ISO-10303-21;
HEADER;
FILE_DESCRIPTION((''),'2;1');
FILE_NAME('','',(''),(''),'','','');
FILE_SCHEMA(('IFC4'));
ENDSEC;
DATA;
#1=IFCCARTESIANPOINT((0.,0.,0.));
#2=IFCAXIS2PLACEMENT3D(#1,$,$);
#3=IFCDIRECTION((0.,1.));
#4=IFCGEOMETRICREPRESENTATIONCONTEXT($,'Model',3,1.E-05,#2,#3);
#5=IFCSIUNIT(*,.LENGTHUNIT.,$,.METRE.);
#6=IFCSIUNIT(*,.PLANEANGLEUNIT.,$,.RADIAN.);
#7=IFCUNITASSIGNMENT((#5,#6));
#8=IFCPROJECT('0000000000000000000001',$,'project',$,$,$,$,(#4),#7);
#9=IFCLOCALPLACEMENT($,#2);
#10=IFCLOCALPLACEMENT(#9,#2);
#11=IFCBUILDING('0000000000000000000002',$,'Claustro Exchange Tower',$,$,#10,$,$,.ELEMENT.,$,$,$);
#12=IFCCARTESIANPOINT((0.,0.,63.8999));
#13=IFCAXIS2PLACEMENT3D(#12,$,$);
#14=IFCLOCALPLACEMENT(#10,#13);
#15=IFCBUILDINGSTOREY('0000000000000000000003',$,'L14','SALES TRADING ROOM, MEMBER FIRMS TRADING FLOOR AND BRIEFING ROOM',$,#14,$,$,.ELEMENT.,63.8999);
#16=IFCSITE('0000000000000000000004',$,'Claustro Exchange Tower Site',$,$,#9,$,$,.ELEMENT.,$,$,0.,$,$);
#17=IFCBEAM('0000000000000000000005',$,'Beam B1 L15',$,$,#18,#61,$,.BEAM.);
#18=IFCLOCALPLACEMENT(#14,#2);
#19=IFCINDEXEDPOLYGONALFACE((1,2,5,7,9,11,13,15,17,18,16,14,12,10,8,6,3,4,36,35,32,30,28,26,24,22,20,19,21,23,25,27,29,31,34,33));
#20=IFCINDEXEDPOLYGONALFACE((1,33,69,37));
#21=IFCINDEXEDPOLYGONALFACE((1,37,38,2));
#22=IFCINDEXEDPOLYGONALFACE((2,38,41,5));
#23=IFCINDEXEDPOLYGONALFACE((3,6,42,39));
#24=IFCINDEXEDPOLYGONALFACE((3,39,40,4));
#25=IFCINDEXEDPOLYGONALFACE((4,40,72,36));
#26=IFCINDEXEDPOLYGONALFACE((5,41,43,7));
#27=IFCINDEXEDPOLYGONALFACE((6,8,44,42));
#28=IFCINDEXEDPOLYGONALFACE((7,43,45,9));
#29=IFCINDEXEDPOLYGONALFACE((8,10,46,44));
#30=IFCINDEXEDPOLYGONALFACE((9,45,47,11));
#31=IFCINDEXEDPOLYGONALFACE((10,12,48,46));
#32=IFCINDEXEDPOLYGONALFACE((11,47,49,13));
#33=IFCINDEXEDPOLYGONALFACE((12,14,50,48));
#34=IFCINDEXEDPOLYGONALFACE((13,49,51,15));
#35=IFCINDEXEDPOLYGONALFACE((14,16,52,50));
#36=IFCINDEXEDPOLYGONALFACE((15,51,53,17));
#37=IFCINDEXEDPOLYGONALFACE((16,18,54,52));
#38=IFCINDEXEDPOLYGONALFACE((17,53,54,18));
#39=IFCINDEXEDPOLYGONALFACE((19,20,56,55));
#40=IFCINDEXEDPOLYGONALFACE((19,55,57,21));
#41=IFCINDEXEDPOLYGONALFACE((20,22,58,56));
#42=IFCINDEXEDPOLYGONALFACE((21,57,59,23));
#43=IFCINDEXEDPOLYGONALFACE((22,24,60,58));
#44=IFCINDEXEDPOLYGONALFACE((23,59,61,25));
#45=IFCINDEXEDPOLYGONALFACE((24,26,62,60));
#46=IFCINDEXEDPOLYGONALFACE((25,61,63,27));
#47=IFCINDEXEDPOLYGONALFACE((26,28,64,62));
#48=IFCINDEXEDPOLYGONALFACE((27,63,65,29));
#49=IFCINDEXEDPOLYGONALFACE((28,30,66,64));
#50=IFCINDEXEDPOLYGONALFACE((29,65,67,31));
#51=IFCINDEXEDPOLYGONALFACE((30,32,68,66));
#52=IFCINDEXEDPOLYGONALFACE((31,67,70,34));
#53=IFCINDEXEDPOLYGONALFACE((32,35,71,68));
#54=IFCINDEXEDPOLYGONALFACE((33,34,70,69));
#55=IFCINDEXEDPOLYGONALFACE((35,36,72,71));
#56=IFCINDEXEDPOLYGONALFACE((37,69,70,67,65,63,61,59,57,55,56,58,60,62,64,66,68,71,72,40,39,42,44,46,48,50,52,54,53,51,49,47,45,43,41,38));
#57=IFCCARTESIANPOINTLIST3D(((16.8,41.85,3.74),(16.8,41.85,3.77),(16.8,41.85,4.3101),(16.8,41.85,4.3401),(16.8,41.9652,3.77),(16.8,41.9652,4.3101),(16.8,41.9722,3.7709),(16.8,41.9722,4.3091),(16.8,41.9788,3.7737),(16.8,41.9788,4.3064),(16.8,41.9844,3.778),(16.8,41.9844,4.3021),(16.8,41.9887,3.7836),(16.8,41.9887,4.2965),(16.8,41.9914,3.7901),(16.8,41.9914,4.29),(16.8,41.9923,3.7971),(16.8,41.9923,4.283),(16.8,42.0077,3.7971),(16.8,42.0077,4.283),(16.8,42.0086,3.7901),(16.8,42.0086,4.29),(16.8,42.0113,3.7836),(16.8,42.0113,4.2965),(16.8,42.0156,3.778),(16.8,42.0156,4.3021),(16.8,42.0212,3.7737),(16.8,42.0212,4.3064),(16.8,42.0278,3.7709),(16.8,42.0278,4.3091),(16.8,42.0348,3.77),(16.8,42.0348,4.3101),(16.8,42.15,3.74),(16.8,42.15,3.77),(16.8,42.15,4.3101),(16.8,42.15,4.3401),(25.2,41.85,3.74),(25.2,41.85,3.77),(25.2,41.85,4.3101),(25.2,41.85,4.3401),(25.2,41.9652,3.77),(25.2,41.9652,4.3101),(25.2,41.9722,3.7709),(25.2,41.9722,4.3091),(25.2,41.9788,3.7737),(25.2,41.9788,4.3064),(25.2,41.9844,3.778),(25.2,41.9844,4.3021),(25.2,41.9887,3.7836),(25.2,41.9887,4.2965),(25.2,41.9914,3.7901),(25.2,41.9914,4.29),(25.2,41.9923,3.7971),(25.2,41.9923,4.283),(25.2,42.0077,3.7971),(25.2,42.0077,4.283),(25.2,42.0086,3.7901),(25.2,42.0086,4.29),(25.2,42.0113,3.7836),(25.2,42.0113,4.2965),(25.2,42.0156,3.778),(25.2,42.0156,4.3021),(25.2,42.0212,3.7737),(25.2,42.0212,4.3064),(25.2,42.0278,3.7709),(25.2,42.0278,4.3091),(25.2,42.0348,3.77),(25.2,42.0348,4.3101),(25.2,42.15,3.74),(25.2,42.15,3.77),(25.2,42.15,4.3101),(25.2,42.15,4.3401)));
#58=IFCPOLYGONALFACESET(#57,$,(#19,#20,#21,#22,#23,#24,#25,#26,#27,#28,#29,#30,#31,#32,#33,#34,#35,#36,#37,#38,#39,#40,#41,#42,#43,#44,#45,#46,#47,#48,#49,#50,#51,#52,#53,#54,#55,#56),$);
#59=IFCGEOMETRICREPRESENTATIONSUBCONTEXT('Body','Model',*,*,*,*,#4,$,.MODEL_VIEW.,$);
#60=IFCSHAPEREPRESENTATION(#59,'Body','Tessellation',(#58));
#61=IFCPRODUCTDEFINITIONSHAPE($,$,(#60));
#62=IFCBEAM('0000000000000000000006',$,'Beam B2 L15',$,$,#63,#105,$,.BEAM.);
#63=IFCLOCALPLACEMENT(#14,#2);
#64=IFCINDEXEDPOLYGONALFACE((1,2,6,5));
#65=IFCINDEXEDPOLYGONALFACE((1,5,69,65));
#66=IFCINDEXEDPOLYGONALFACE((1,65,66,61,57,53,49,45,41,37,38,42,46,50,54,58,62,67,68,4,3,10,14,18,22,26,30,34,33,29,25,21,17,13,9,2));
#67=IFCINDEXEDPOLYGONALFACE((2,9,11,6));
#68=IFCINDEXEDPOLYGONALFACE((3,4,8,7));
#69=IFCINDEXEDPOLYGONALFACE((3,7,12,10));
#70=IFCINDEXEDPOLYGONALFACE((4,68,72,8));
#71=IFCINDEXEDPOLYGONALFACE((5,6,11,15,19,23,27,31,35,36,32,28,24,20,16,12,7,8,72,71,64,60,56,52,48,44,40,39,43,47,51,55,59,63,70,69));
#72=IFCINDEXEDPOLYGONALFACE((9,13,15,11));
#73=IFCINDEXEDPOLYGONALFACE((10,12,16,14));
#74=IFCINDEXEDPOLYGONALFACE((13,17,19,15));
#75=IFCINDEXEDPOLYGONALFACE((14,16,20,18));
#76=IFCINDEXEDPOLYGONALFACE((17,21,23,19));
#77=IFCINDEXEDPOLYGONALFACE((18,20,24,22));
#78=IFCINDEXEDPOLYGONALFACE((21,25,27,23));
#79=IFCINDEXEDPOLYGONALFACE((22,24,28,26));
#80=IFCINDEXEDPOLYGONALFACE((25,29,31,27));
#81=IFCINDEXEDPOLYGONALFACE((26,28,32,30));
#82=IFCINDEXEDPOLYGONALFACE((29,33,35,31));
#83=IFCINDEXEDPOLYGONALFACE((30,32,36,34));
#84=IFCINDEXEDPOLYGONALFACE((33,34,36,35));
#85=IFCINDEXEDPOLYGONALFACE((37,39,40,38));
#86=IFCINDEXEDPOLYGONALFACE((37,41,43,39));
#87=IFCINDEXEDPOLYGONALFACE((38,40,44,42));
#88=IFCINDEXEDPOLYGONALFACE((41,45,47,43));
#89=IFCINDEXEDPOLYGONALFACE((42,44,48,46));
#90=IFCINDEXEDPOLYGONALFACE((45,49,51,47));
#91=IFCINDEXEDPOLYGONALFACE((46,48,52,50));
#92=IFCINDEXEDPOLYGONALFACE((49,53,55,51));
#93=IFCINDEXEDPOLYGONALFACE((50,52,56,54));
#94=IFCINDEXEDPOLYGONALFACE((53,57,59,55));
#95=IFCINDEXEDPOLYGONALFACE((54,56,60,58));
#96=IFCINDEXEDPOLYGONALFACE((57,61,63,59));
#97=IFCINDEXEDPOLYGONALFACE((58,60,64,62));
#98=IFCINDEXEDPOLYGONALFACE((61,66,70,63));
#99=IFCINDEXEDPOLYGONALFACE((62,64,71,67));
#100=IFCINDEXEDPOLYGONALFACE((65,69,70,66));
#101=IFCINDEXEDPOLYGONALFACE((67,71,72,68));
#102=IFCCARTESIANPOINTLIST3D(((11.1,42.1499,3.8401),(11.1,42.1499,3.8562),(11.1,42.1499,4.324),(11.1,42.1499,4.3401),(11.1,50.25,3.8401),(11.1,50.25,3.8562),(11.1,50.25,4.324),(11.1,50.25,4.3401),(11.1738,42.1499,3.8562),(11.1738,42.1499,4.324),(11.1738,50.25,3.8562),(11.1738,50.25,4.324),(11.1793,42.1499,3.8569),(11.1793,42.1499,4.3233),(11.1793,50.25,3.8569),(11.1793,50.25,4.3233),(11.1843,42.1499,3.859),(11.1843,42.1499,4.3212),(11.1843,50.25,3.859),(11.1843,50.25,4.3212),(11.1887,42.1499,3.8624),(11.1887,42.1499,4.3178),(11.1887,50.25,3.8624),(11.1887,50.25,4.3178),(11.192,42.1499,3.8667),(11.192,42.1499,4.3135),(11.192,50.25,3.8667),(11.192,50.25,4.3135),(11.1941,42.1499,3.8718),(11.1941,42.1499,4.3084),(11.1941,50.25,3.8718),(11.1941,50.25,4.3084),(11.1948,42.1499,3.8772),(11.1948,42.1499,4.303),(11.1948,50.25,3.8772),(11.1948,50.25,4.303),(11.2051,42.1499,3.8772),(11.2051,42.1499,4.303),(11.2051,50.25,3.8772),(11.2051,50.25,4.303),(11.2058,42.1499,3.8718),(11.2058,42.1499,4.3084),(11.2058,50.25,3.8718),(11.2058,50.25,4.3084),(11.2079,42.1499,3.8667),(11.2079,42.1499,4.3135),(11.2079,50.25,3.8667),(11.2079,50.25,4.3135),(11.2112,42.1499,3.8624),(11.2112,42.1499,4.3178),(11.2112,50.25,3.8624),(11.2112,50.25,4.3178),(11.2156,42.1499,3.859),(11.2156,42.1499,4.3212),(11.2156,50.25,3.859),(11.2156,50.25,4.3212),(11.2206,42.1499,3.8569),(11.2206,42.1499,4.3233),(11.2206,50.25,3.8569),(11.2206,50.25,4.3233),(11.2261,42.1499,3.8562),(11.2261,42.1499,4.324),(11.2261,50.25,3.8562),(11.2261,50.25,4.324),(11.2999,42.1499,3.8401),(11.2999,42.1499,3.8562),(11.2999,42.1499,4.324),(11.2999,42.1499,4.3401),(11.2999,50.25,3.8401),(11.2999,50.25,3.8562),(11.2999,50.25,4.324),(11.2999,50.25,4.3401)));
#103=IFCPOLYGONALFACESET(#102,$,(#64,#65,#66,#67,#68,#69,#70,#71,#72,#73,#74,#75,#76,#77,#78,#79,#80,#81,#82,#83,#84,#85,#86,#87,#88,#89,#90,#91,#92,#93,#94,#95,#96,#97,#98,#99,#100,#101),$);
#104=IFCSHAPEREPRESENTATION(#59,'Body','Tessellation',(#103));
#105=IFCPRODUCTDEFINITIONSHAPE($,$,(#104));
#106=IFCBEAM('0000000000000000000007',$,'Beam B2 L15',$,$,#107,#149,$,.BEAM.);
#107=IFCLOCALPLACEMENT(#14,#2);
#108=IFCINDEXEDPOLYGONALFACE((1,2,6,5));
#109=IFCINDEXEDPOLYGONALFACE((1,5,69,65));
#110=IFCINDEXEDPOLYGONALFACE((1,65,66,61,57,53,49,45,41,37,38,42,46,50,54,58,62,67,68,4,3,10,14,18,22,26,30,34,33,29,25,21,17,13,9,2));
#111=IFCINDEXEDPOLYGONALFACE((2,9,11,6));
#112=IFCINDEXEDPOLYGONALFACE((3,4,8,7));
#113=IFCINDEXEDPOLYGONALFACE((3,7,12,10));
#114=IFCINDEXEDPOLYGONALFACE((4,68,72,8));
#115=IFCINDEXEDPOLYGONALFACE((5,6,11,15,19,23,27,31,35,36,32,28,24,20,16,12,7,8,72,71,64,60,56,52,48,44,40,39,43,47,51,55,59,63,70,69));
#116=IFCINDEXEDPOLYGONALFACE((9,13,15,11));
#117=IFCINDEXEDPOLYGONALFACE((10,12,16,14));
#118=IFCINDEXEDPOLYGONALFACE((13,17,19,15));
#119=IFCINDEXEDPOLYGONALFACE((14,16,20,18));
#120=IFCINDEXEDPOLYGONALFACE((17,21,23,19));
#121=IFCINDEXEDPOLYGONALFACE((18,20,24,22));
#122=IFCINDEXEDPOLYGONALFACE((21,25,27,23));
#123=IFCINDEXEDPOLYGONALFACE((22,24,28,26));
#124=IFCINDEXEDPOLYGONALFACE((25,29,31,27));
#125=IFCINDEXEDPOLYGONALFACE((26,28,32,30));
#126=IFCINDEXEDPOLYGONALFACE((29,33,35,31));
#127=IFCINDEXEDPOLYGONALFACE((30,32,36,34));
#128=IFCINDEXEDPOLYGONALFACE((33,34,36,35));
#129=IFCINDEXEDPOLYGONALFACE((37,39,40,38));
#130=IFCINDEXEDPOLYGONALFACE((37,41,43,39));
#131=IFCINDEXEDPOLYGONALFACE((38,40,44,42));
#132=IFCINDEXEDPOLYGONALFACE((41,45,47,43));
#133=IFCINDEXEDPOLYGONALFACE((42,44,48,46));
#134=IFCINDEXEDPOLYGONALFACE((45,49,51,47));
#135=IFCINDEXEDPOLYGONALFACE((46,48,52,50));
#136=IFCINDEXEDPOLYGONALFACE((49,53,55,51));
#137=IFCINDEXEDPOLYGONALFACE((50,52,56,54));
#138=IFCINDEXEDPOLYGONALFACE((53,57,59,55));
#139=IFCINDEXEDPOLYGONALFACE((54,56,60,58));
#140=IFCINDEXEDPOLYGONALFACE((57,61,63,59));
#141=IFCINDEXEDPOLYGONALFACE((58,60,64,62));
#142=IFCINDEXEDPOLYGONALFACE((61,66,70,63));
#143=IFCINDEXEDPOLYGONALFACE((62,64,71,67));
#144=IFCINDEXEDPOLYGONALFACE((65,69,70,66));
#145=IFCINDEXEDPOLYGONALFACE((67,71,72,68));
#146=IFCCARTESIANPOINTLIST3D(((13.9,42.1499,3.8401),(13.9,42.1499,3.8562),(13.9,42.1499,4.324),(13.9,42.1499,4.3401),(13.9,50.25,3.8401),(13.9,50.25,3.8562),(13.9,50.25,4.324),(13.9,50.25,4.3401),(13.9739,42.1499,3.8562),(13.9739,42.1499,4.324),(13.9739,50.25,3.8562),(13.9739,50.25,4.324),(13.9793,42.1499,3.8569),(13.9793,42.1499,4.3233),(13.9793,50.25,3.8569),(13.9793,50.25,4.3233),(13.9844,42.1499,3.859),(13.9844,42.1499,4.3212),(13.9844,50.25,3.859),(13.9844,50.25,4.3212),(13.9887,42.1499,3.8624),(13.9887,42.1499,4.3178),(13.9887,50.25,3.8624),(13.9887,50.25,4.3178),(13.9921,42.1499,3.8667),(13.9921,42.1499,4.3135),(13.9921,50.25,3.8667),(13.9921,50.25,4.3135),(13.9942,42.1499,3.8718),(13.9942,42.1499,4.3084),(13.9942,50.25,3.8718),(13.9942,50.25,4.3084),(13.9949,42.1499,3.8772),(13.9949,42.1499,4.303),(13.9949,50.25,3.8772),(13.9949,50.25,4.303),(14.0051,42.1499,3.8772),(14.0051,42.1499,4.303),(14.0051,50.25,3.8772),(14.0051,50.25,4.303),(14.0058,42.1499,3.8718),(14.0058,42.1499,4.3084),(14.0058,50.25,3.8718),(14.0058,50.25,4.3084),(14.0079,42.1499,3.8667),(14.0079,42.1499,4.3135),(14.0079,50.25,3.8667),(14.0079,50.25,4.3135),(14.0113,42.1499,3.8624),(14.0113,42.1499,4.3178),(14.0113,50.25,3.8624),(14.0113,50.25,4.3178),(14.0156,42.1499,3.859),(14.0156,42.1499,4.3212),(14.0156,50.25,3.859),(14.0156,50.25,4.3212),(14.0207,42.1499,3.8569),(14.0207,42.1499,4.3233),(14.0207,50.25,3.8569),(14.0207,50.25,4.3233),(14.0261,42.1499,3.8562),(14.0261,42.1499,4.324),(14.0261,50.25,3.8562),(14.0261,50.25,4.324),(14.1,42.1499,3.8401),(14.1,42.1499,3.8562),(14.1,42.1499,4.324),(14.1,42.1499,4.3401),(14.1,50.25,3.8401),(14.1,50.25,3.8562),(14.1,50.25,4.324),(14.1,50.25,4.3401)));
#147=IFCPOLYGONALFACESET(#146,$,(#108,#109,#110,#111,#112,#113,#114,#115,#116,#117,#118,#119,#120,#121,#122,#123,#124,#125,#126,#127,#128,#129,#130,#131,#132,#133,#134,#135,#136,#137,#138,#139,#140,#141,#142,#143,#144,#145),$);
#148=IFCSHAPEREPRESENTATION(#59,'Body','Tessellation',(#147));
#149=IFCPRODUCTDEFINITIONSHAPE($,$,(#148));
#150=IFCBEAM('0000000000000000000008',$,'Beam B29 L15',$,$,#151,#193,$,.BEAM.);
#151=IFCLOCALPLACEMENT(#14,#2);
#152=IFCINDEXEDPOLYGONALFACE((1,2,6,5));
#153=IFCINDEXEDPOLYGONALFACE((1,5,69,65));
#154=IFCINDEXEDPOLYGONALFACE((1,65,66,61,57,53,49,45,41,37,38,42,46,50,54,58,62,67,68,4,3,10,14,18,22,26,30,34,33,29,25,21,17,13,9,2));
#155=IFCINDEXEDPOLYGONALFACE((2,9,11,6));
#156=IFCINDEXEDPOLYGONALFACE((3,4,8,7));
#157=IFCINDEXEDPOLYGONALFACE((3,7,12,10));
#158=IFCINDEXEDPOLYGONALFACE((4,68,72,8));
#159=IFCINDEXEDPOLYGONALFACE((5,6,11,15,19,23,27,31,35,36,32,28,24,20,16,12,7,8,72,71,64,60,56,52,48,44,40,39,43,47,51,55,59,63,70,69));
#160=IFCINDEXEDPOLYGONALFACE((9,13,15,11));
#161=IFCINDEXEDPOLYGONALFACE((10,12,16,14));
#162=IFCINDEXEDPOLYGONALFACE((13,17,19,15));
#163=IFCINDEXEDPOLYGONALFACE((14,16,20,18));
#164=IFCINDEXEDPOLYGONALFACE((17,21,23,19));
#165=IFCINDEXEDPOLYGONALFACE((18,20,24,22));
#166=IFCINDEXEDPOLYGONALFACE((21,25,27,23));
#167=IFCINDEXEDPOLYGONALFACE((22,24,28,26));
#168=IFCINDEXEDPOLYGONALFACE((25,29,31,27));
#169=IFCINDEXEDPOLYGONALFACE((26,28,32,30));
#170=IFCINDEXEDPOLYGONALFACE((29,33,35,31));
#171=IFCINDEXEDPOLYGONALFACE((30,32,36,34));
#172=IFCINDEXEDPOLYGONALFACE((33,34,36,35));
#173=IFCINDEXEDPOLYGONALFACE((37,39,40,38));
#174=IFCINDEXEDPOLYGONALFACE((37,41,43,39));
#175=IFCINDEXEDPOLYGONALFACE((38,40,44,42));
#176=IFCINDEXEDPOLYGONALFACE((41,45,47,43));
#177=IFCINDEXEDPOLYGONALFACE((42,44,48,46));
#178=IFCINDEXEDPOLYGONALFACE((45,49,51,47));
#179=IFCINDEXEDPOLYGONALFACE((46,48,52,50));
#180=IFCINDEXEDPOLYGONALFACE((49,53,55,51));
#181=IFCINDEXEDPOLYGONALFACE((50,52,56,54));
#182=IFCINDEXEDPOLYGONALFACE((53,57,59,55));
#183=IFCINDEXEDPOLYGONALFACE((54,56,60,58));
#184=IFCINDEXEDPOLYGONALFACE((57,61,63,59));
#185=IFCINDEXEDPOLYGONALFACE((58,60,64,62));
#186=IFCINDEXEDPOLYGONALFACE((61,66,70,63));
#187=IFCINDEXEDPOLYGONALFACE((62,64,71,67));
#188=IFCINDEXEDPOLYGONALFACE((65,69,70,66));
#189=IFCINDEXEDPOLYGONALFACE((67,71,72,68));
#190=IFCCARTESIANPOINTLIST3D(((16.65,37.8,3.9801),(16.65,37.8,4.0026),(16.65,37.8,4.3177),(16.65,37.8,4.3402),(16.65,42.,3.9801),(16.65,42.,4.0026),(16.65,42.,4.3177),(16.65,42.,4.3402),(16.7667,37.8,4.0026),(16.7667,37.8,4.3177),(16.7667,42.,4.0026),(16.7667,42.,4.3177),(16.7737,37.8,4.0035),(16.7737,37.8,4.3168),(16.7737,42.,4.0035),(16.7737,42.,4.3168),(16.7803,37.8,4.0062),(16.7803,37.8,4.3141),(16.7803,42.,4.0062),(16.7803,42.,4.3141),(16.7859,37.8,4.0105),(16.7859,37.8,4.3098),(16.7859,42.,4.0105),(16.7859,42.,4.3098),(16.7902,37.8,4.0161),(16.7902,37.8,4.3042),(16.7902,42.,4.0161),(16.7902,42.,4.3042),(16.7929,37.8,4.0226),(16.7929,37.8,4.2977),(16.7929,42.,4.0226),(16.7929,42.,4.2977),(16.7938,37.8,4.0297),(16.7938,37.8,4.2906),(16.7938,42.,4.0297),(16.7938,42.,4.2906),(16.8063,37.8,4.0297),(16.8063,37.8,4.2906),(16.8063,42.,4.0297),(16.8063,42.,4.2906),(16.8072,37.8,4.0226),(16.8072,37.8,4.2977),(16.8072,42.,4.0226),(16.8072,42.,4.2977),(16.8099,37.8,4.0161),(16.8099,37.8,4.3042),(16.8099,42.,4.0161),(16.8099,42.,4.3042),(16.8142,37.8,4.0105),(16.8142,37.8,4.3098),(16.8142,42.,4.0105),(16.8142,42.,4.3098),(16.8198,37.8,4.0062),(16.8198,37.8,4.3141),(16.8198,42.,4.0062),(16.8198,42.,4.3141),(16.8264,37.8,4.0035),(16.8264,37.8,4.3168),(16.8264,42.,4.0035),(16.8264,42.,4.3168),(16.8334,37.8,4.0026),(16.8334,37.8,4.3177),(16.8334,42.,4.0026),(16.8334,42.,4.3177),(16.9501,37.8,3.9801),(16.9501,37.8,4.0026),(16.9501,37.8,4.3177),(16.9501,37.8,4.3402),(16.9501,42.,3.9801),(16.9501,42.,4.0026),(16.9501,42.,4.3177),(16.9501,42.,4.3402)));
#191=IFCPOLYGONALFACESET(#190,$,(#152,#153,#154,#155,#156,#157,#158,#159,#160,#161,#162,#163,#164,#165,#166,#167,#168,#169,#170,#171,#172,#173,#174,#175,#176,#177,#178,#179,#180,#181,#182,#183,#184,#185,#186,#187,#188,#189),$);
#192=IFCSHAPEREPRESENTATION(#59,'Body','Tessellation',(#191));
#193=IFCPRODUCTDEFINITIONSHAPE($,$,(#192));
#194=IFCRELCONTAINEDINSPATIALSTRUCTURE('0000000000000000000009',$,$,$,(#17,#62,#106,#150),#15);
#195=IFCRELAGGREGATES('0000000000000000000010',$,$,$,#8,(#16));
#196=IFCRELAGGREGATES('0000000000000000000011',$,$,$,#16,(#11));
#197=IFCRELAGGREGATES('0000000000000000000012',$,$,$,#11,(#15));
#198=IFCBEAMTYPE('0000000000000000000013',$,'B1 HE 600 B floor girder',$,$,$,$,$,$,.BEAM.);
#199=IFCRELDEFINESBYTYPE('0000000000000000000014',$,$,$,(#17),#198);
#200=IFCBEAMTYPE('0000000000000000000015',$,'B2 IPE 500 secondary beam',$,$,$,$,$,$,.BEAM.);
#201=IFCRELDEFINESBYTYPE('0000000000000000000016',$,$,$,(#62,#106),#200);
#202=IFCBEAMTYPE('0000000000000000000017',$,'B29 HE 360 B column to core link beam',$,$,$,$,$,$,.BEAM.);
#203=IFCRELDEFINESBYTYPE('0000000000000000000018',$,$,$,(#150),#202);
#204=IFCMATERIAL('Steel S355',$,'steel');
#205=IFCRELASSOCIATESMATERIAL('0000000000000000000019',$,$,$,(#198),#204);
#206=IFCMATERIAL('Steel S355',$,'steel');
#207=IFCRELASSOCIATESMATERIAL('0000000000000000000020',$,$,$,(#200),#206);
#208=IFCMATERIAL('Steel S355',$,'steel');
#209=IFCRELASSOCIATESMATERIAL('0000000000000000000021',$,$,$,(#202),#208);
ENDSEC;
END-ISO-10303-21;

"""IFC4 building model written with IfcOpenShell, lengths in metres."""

from ifc_helpers import new_model, si_unit, direction, frame, origin, origin_2d, place, context, subcontext, project, spatial, i_section, extrude, material, material_profile, profile_set, type_object, element, save


model = new_model("IFC4")

# Units and contexts
model_context = context("Model", 3, precision=1e-05, world=origin(), true_north=direction((0.0, 1.0)))
body_context = subcontext(model_context, "Body", "Model", "MODEL_VIEW")
ifc_project = project(units=[si_unit("LENGTHUNIT", "METRE"), si_unit("PLANEANGLEUNIT", "RADIAN")], contexts=[model_context])

# Site, building, storey
site_placement = place(None, origin())
site = spatial("IfcSite", under=ifc_project, at=site_placement, Name="Claustro Exchange Tower Site", CompositionType="ELEMENT", RefElevation=0.0)
building_placement = place(site_placement, origin())
building = spatial("IfcBuilding", under=site, at=building_placement, Name="Claustro Exchange Tower", CompositionType="ELEMENT")
storey_placement = place(building_placement, frame((0.0, 0.0, 63.8999)))
storey = spatial("IfcBuildingStorey", under=building, at=storey_placement, Name="L14", Description="SALES TRADING ROOM, MEMBER FIRMS TRADING FLOOR AND BRIEFING ROOM", CompositionType="ELEMENT", Elevation=63.8999)

# Beams
ifc_material_1 = material(Name="Steel S355", Category="steel")
ifc_material_profile_1 = material_profile(ifc_material_1, i_section(OverallWidth=0.3, OverallDepth=0.6001, WebThickness=0.0154, FlangeThickness=0.03, FilletRadius=0.0271, at=origin_2d()), Name="HE 600 B")
ifc_profile_set_1 = profile_set([ifc_material_profile_1], Name="Steel S355")
beam_type_1 = type_object("IfcBeamType", Name="B1 HE 600 B floor girder", PredefinedType="BEAM", material=ifc_profile_set_1)
beam_1_placement = place(storey_placement, frame((16.8, 42.0, 4.04), z_axis=(1.0, 0.0, 0.0), x_axis=(0.0, 1.0, 0.0)))
element("IfcBeam", 1, at=beam_1_placement, inside=storey, type_object=beam_type_1, Name="Beam B1 L15", PredefinedType="BEAM", context=body_context, shape_type="SweptSolid", body=[
    extrude(i_section(OverallWidth=0.3, OverallDepth=0.6001, WebThickness=0.0154, FlangeThickness=0.03, FilletRadius=0.0271, at=origin_2d()), origin(), (0.0, 0.0, 1.0), 8.3999),
])
ifc_material_2 = material(Name="Steel S355", Category="steel")
ifc_material_profile_2 = material_profile(ifc_material_2, i_section(OverallWidth=0.2, OverallDepth=0.5, WebThickness=0.0103, FlangeThickness=0.0161, FilletRadius=0.021, at=origin_2d()), Name="IPE 500")
ifc_profile_set_2 = profile_set([ifc_material_profile_2], Name="Steel S355")
beam_type_2 = type_object("IfcBeamType", Name="B2 IPE 500 secondary beam", PredefinedType="BEAM", material=ifc_profile_set_2)
for number, where, z_axis, x_axis, name in (
    (2, (11.2, 42.1499, 4.0901), (0.0, 1.0, 0.0), (-1.0, 0.0, 0.0), "Beam B2 L15"),
    (3, (14.0, 42.1499, 4.0901), (0.0, 1.0, 0.0), (-1.0, 0.0, 0.0), "Beam B2 L15"),
):
    element("IfcBeam", number, at=place(storey_placement, frame(where, z_axis=z_axis, x_axis=x_axis)), inside=storey, type_object=beam_type_2, Name=name, PredefinedType="BEAM", context=body_context, shape_type="SweptSolid", body=[
        extrude(i_section(OverallWidth=0.2, OverallDepth=0.5, WebThickness=0.0103, FlangeThickness=0.0161, FilletRadius=0.021, at=origin_2d()), origin(), (0.0, 0.0, 1.0), 8.1001),
    ])
ifc_material_3 = material(Name="Steel S355", Category="steel")
ifc_material_profile_3 = material_profile(ifc_material_3, i_section(OverallWidth=0.3, OverallDepth=0.3601, WebThickness=0.0125, FlangeThickness=0.0225, FilletRadius=0.0271, at=origin_2d()), Name="HE 360 B")
ifc_profile_set_3 = profile_set([ifc_material_profile_3], Name="Steel S355")
beam_type_3 = type_object("IfcBeamType", Name="B29 HE 360 B column to core link beam", PredefinedType="BEAM", material=ifc_profile_set_3)
beam_2_placement = place(storey_placement, frame((16.8, 37.8, 4.1602), z_axis=(0.0, 1.0, 0.0), x_axis=(-1.0, 0.0, 0.0)))
element("IfcBeam", 4, at=beam_2_placement, inside=storey, type_object=beam_type_3, Name="Beam B29 L15", PredefinedType="BEAM", context=body_context, shape_type="SweptSolid", body=[
    extrude(i_section(OverallWidth=0.3, OverallDepth=0.3601, WebThickness=0.0125, FlangeThickness=0.0225, FilletRadius=0.0271, at=origin_2d()), origin(), (0.0, 0.0, 1.0), 4.2),
])

save(model, "model.ifc")
